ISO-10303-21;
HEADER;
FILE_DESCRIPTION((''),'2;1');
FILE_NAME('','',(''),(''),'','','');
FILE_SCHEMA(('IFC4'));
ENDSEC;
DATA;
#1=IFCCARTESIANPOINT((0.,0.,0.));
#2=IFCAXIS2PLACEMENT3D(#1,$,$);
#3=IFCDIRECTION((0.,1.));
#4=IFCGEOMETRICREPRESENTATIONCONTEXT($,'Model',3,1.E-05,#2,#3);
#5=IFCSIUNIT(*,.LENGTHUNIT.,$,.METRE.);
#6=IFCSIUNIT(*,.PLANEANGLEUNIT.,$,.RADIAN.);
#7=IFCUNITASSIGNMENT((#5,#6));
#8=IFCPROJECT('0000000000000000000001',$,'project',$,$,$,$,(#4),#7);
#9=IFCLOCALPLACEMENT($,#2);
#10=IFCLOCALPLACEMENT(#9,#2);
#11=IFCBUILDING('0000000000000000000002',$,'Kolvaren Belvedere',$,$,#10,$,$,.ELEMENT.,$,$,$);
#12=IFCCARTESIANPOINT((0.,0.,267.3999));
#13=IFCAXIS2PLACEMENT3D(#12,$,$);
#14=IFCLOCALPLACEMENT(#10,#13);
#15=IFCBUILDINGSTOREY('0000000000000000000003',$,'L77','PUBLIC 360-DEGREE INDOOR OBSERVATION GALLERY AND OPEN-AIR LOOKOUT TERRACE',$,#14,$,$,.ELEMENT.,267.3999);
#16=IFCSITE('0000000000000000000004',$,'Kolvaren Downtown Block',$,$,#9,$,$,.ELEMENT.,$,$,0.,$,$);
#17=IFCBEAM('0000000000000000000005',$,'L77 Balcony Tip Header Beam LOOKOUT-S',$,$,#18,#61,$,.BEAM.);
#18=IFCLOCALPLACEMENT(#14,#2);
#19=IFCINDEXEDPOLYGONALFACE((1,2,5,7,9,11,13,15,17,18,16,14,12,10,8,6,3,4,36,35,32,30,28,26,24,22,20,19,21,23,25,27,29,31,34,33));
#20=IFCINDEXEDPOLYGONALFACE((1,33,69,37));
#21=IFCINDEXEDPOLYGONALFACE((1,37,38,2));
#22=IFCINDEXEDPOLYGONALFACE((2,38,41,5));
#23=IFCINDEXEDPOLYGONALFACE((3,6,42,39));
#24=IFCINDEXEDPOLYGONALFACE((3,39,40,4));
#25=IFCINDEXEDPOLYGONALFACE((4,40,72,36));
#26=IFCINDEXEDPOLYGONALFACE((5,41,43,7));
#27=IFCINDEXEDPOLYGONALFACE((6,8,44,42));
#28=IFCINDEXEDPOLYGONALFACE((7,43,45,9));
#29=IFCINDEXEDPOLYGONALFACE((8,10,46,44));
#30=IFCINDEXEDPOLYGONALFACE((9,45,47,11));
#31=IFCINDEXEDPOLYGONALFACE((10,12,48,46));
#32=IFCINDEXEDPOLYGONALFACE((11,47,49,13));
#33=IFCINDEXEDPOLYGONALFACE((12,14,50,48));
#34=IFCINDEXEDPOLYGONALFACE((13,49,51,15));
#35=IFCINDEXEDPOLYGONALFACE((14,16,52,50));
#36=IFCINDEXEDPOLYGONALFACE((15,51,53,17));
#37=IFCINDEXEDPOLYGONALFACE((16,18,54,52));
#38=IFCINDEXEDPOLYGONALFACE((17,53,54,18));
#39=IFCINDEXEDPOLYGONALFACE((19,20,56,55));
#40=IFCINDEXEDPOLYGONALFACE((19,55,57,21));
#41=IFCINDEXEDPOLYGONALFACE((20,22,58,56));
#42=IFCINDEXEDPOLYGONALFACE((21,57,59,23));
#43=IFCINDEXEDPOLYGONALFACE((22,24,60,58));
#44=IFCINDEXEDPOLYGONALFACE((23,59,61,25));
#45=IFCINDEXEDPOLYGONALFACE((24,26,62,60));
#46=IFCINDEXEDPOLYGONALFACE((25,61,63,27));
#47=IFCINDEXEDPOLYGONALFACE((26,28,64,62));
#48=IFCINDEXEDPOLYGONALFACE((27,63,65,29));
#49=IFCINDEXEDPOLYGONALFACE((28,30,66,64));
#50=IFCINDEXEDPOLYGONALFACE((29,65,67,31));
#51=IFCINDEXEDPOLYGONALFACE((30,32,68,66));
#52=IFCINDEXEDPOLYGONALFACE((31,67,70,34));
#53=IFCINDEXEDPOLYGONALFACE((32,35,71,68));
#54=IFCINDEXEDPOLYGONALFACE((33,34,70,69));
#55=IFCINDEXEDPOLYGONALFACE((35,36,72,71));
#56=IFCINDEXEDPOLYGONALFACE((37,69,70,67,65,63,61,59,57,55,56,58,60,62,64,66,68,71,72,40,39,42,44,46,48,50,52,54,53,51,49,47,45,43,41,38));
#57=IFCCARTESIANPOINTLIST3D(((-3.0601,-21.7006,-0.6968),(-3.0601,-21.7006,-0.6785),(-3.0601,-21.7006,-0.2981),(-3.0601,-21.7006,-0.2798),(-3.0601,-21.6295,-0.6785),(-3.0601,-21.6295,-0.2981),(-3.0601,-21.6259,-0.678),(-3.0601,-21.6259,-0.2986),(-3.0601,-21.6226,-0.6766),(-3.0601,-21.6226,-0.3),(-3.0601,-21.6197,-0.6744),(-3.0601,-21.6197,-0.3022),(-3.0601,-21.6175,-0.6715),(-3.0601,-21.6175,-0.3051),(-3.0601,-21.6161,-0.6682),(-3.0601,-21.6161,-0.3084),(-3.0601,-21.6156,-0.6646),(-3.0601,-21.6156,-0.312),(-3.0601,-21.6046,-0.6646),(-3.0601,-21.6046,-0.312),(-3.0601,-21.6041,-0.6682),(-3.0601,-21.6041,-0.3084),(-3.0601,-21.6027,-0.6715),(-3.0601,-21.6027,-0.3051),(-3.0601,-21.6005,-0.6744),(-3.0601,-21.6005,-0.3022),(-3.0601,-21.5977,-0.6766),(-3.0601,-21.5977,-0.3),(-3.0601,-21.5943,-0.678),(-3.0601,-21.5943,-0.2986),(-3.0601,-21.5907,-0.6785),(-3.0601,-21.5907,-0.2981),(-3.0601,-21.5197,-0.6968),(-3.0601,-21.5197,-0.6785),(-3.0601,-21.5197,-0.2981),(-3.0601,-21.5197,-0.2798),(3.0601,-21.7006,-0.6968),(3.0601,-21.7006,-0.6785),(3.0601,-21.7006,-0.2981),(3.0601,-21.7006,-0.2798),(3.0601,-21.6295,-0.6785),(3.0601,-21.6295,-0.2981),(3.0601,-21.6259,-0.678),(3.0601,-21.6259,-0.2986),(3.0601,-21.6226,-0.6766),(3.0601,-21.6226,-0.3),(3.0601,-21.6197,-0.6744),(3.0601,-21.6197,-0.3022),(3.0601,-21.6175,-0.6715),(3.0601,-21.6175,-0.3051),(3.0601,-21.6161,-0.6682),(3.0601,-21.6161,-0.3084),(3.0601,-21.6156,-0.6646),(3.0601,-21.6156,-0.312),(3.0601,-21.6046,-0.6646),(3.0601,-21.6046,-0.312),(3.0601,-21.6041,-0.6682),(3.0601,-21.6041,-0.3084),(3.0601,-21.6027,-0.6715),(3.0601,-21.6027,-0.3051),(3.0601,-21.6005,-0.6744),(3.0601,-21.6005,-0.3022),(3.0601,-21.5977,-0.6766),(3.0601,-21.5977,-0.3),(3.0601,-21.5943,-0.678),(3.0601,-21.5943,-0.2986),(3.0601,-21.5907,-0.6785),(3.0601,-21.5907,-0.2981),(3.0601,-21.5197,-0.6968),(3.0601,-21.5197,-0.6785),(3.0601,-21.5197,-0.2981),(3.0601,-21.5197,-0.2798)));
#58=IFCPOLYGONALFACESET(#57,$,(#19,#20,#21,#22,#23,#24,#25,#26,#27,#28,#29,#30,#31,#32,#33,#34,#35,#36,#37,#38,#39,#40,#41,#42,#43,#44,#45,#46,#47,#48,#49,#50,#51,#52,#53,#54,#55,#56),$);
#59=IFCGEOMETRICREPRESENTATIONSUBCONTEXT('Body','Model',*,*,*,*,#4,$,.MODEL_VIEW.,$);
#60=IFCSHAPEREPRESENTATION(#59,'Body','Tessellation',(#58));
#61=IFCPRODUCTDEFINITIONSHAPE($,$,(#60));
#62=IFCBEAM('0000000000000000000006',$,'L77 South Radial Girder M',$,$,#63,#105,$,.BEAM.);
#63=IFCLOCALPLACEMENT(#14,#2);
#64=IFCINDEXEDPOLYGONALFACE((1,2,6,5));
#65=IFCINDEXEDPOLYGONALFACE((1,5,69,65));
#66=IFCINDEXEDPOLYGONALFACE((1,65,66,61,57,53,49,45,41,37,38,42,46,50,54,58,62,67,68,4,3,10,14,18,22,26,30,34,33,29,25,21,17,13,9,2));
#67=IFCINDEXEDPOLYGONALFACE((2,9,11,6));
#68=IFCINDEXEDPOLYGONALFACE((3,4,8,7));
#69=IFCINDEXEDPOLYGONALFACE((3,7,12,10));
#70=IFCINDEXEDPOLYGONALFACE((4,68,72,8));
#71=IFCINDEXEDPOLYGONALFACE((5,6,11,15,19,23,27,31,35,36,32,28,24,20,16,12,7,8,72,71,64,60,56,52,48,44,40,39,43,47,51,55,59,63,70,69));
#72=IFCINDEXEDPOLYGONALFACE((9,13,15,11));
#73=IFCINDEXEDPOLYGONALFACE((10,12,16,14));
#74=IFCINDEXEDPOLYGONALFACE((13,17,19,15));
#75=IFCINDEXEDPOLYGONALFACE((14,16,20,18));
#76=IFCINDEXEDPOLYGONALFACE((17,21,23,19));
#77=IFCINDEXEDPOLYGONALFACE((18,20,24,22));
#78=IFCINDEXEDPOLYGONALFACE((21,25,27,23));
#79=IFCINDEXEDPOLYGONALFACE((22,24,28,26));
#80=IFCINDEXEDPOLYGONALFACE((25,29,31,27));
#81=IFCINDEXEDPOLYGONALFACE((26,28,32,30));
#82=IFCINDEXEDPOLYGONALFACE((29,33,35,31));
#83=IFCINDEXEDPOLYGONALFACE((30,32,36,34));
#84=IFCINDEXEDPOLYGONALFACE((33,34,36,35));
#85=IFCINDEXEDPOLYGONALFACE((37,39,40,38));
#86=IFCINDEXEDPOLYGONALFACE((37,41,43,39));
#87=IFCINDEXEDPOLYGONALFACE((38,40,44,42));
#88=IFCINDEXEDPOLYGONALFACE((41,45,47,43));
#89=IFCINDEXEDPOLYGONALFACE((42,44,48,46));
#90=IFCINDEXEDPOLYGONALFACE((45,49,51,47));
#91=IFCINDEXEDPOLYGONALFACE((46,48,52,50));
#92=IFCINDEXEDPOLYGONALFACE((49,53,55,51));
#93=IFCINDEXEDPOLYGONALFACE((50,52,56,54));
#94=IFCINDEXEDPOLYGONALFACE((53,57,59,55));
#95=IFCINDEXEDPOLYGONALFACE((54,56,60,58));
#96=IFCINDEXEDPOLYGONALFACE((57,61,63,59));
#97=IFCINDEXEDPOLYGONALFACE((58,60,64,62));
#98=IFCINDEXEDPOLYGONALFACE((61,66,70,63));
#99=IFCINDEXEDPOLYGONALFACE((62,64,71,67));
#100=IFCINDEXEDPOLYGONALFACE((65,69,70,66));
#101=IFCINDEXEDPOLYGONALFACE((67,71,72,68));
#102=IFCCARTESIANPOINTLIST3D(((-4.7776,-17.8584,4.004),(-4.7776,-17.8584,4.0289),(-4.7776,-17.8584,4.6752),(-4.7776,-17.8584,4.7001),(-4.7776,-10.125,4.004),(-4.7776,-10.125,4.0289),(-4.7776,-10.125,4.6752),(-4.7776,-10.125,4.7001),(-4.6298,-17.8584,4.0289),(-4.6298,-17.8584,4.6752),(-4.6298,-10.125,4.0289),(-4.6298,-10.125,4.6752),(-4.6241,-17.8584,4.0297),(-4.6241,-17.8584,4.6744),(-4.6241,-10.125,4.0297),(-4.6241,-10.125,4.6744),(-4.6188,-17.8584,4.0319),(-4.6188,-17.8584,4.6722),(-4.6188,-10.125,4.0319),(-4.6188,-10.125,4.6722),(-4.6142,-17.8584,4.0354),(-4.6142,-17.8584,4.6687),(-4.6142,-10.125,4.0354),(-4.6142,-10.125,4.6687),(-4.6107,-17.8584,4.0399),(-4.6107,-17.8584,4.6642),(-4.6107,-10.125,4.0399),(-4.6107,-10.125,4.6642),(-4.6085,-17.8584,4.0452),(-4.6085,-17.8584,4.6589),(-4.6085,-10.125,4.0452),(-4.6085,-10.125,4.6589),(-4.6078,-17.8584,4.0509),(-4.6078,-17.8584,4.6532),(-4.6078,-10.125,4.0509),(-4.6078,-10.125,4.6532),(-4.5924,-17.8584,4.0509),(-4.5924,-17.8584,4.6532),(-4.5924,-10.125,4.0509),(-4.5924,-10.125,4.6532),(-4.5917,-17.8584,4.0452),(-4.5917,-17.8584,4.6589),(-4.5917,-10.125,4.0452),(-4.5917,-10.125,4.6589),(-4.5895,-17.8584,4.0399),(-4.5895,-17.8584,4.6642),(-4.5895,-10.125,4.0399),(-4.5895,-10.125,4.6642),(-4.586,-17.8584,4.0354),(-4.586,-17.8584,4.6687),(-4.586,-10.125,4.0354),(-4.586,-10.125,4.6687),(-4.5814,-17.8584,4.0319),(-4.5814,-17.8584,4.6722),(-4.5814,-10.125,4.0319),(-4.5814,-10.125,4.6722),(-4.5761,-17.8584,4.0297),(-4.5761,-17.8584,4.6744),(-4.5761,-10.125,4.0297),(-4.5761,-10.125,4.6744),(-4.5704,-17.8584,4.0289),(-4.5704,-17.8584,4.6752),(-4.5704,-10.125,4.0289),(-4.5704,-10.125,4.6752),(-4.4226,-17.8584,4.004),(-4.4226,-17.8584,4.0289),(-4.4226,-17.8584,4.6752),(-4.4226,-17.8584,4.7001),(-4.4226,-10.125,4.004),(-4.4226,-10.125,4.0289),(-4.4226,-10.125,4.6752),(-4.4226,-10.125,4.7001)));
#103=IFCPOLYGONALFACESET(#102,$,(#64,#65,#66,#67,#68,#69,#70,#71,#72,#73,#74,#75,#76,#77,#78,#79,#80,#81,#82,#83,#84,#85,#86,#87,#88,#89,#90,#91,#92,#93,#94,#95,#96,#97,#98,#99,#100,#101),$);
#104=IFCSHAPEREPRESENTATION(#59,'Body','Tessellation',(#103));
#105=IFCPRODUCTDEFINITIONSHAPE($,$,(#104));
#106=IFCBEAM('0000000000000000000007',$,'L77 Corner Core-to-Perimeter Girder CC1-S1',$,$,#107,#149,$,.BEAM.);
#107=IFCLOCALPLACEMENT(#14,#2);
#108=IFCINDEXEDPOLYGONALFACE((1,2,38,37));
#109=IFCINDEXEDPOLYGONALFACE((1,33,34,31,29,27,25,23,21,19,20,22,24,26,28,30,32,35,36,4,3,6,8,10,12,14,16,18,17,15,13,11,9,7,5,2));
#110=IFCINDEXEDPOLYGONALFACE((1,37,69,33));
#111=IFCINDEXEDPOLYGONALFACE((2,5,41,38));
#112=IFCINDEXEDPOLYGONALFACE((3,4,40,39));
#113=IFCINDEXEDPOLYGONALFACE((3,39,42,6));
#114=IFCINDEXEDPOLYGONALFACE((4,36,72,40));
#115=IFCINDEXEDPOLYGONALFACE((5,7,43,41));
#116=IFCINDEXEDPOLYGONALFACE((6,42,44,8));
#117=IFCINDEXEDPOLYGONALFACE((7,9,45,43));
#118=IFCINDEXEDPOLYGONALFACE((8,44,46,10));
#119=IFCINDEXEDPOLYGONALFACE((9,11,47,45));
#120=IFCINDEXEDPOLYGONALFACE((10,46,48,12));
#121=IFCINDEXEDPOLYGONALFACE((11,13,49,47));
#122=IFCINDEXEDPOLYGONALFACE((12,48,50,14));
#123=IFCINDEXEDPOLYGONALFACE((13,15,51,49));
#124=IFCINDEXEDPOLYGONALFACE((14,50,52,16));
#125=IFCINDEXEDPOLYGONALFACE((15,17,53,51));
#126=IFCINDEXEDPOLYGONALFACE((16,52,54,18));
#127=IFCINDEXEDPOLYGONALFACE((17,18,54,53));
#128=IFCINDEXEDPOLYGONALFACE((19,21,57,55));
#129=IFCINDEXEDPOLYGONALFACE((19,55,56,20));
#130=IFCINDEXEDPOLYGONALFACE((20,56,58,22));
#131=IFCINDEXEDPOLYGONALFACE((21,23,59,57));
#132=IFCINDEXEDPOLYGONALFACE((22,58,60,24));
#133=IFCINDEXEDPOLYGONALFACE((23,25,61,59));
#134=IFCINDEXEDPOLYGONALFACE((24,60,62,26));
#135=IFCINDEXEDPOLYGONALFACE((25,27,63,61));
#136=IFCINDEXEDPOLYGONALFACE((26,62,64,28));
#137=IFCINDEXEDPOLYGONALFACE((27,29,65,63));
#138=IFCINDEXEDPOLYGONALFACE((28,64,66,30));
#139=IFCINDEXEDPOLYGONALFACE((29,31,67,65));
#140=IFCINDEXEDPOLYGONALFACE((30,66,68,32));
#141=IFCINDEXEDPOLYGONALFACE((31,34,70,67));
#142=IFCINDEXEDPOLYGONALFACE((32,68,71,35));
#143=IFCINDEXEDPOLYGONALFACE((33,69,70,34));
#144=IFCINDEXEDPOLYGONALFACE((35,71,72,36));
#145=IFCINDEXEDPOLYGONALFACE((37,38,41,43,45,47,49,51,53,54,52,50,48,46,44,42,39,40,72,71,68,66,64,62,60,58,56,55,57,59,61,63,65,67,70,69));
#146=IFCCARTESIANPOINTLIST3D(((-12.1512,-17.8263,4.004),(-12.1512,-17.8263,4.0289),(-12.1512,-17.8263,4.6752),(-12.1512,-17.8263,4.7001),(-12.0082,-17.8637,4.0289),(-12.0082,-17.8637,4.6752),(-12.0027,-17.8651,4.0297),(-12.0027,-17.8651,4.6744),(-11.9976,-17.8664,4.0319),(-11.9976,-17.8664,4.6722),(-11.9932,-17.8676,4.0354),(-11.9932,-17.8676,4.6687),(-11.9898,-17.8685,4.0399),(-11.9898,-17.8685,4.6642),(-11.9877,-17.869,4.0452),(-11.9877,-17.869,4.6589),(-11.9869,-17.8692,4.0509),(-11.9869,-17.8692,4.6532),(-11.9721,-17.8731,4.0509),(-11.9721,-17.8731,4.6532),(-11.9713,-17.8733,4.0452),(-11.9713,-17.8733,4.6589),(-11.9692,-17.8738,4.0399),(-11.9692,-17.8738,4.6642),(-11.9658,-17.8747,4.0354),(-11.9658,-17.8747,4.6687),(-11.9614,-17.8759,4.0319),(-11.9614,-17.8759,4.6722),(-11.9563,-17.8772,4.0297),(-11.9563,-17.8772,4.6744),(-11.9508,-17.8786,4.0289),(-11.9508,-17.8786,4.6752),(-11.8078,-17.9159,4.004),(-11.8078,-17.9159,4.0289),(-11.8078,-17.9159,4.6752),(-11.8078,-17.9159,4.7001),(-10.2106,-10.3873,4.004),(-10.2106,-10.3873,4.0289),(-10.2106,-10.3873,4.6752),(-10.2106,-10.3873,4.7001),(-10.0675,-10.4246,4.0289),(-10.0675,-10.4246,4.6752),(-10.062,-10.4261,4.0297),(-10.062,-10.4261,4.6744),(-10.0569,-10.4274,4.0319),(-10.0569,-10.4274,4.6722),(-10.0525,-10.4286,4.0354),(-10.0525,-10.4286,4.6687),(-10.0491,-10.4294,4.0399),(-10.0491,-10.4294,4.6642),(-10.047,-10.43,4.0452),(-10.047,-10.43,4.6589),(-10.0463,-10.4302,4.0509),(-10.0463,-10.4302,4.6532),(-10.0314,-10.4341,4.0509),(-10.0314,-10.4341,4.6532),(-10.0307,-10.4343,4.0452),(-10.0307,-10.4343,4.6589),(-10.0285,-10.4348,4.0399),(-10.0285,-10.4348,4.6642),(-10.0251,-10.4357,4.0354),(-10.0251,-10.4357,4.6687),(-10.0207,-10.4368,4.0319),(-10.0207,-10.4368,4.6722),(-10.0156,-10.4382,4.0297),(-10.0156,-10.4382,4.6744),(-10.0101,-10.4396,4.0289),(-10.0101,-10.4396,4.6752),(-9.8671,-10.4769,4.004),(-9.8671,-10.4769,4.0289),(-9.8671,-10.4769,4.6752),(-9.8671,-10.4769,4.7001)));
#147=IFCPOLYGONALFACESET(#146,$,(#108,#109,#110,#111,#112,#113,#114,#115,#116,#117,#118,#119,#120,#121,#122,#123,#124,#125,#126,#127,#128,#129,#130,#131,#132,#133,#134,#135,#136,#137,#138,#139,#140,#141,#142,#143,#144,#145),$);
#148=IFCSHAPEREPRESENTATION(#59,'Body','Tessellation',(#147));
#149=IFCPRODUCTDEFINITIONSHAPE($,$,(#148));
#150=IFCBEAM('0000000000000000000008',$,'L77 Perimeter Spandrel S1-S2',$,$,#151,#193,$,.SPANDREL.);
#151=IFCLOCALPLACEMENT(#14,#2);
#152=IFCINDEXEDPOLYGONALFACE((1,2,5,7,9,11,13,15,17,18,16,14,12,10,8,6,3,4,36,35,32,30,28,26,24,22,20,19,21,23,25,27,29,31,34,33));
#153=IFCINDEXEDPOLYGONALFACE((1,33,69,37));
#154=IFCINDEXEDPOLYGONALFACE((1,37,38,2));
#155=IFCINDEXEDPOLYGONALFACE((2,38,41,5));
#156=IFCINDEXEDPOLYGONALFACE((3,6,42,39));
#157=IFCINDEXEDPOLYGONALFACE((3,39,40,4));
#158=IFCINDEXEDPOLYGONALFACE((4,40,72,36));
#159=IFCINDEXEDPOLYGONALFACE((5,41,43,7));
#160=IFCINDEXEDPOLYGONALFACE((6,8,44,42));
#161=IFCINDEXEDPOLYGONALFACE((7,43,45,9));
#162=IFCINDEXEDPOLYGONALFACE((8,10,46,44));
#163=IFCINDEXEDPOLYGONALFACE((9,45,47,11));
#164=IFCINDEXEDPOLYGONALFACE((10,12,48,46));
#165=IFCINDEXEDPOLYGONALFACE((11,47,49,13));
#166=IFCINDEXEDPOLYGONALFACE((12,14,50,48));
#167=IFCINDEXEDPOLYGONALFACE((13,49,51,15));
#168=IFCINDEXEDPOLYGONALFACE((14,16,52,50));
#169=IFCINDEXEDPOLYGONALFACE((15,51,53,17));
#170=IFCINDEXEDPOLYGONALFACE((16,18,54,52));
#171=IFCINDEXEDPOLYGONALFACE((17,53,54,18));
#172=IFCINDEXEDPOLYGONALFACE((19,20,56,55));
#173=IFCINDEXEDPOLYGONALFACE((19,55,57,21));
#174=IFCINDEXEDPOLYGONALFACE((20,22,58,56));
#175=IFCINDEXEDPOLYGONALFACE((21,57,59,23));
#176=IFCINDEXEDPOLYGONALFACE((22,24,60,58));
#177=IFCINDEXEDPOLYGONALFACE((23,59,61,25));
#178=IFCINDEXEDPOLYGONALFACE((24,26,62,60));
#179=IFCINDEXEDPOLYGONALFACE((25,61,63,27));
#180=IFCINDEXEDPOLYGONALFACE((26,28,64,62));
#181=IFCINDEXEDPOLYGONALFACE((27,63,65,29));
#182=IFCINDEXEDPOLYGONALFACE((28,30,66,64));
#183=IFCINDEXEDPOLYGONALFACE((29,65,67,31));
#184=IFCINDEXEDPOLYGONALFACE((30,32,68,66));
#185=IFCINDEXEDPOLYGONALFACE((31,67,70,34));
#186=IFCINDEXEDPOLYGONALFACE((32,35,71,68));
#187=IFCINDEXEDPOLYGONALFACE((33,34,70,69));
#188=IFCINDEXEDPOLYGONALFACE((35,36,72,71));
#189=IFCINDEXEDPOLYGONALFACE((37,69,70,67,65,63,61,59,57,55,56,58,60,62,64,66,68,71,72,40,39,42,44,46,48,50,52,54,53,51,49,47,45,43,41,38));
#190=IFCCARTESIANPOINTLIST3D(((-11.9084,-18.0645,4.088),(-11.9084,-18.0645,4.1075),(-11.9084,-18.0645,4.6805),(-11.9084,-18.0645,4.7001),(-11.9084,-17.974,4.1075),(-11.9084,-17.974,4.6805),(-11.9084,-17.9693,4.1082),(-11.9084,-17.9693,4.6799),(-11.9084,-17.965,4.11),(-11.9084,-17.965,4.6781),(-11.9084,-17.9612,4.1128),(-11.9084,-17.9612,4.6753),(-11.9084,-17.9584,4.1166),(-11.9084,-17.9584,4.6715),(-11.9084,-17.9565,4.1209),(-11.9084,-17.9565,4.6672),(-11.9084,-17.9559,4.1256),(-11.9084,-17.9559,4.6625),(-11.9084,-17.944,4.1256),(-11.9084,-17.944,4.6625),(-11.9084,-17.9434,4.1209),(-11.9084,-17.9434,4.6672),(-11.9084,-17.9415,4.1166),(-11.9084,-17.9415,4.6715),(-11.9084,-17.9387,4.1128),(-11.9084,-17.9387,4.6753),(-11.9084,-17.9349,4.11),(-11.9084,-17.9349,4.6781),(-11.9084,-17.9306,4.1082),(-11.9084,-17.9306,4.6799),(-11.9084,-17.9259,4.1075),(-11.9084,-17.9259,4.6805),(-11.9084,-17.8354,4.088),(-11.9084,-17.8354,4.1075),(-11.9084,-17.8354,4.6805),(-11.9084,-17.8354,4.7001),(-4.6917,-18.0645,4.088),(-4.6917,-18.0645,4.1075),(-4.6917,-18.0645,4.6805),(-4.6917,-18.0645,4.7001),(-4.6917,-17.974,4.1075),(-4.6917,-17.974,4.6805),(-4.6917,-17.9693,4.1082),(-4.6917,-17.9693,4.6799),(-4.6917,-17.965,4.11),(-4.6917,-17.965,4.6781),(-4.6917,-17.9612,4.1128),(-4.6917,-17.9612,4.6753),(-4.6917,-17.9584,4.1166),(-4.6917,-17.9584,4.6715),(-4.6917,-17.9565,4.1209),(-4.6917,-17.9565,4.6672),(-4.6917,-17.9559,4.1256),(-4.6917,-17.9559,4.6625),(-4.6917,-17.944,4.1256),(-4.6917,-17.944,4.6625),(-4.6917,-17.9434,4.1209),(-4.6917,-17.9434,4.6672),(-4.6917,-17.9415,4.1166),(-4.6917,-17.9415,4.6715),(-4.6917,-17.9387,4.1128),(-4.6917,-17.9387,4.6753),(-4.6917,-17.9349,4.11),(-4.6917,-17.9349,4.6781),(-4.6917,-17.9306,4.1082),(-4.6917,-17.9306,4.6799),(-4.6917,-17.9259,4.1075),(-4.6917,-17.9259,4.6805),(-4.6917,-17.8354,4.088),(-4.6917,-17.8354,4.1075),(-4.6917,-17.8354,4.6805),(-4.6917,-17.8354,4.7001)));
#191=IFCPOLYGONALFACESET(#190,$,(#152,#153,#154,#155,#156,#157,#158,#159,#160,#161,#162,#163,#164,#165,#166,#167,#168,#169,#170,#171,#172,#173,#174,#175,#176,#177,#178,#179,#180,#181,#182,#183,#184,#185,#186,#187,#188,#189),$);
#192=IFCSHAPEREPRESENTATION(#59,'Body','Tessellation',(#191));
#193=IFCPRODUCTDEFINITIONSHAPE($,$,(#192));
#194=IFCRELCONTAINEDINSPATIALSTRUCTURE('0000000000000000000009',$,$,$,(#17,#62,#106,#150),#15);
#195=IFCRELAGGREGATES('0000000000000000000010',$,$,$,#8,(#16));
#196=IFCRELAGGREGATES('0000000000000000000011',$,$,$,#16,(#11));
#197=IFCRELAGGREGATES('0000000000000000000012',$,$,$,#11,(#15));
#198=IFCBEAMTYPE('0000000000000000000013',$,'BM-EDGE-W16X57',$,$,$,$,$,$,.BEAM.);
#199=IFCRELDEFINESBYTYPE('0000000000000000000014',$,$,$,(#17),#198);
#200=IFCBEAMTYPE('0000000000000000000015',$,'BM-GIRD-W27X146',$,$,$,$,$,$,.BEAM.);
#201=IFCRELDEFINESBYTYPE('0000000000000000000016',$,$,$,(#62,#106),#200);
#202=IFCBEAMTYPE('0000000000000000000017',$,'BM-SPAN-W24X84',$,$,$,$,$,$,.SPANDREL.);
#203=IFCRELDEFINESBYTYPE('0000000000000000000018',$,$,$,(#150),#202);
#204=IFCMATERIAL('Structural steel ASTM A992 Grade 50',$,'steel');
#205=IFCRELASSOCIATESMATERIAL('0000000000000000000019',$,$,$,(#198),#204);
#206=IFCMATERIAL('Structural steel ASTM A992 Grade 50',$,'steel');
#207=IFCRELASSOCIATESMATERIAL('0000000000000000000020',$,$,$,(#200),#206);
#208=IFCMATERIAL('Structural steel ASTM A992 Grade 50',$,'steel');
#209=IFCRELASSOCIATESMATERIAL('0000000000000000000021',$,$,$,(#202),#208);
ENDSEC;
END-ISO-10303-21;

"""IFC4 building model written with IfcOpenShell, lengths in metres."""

from ifc_helpers import new_model, si_unit, direction, frame, origin, origin_2d, place, context, subcontext, project, spatial, i_section, extrude, material, material_profile, profile_set, type_object, element, save


model = new_model("IFC4")

# Units and contexts
model_context = context("Model", 3, precision=1e-05, world=origin(), true_north=direction((0.0, 1.0)))
body_context = subcontext(model_context, "Body", "Model", "MODEL_VIEW")
ifc_project = project(units=[si_unit("LENGTHUNIT", "METRE"), si_unit("PLANEANGLEUNIT", "RADIAN")], contexts=[model_context])

# Site, building, storey
site_placement = place(None, origin())
site = spatial("IfcSite", under=ifc_project, at=site_placement, Name="Kolvaren Downtown Block", CompositionType="ELEMENT", RefElevation=0.0)
building_placement = place(site_placement, origin())
building = spatial("IfcBuilding", under=site, at=building_placement, Name="Kolvaren Belvedere", CompositionType="ELEMENT")
storey_placement = place(building_placement, frame((0.0, 0.0, 267.3999)))
storey = spatial("IfcBuildingStorey", under=building, at=storey_placement, Name="L77", Description="PUBLIC 360-DEGREE INDOOR OBSERVATION GALLERY AND OPEN-AIR LOOKOUT TERRACE", CompositionType="ELEMENT", Elevation=267.3999)

# Beams
ifc_material_1 = material(Name="Structural steel ASTM A992 Grade 50", Category="steel")
ifc_material_profile_1 = material_profile(ifc_material_1, i_section(OverallWidth=0.1809, OverallDepth=0.417, WebThickness=0.011, FlangeThickness=0.0183, FilletRadius=0.0139, at=origin_2d()), Name="W16X57")
ifc_profile_set_1 = profile_set([ifc_material_profile_1], Name="Structural steel ASTM A992 Grade 50")
beam_type_1 = type_object("IfcBeamType", Name="BM-EDGE-W16X57", PredefinedType="BEAM", material=ifc_profile_set_1)
beam_1_placement = place(storey_placement, frame((-3.0601, -21.6101, -0.4883), z_axis=(1.0, 0.0, 0.0), x_axis=(0.0, 1.0, 0.0)))
element("IfcBeam", 1, at=beam_1_placement, inside=storey, type_object=beam_type_1, Name="L77 Balcony Tip Header Beam LOOKOUT-S", PredefinedType="BEAM", context=body_context, shape_type="SweptSolid", body=[
    extrude(i_section(OverallWidth=0.1809, OverallDepth=0.417, WebThickness=0.011, FlangeThickness=0.0183, FilletRadius=0.0139, at=origin_2d()), origin(), (0.0, 0.0, 1.0), 6.1201),
])
ifc_material_2 = material(Name="Structural steel ASTM A992 Grade 50", Category="steel")
ifc_material_profile_2 = material_profile(ifc_material_2, i_section(OverallWidth=0.355, OverallDepth=0.696, WebThickness=0.0154, FlangeThickness=0.0249, FilletRadius=0.022, at=origin_2d()), Name="W27X146")
ifc_profile_set_2 = profile_set([ifc_material_profile_2], Name="Structural steel ASTM A992 Grade 50")
beam_type_2 = type_object("IfcBeamType", Name="BM-GIRD-W27X146", PredefinedType="BEAM", material=ifc_profile_set_2)
beam_2_placement = place(storey_placement, frame((-4.6001, -10.125, 4.3521), z_axis=(0.0, -1.0, 0.0), x_axis=(1.0, 0.0, 0.0)))
element("IfcBeam", 2, at=beam_2_placement, inside=storey, type_object=beam_type_2, Name="L77 South Radial Girder M", PredefinedType="BEAM", context=body_context, shape_type="SweptSolid", body=[
    extrude(i_section(OverallWidth=0.355, OverallDepth=0.696, WebThickness=0.0154, FlangeThickness=0.0249, FilletRadius=0.022, at=origin_2d()), origin(), (0.0, 0.0, 1.0), 7.7334),
])
beam_3_placement = place(storey_placement, frame((-10.0388, -10.4321, 4.3521), z_axis=(-0.252431, -0.967615, 0.0), x_axis=(0.967615, -0.252431, 0.0)))
element("IfcBeam", 3, at=beam_3_placement, inside=storey, type_object=beam_type_2, Name="L77 Corner Core-to-Perimeter Girder CC1-S1", PredefinedType="BEAM", context=body_context, shape_type="SweptSolid", body=[
    extrude(i_section(OverallWidth=0.355, OverallDepth=0.696, WebThickness=0.0154, FlangeThickness=0.0249, FilletRadius=0.022, at=origin_2d()), origin(), (0.0, 0.0, 1.0), 7.688),
])
ifc_material_3 = material(Name="Structural steel ASTM A992 Grade 50", Category="steel")
ifc_material_profile_3 = material_profile(ifc_material_3, i_section(OverallWidth=0.229, OverallDepth=0.6121, WebThickness=0.012, FlangeThickness=0.0195, FilletRadius=0.0181, at=origin_2d()), Name="W24X84")
ifc_profile_set_3 = profile_set([ifc_material_profile_3], Name="Structural steel ASTM A992 Grade 50")
beam_type_3 = type_object("IfcBeamType", Name="BM-SPAN-W24X84", PredefinedType="SPANDREL", material=ifc_profile_set_3)
beam_4_placement = place(storey_placement, frame((-11.9084, -17.95, 4.394), z_axis=(1.0, 0.0, 0.0), x_axis=(0.0, 1.0, 0.0)))
element("IfcBeam", 4, at=beam_4_placement, inside=storey, type_object=beam_type_3, Name="L77 Perimeter Spandrel S1-S2", PredefinedType="SPANDREL", context=body_context, shape_type="SweptSolid", body=[
    extrude(i_section(OverallWidth=0.229, OverallDepth=0.6121, WebThickness=0.012, FlangeThickness=0.0195, FilletRadius=0.0181, at=origin_2d()), origin(), (0.0, 0.0, 1.0), 7.2168),
])

save(model, "model.ifc")
